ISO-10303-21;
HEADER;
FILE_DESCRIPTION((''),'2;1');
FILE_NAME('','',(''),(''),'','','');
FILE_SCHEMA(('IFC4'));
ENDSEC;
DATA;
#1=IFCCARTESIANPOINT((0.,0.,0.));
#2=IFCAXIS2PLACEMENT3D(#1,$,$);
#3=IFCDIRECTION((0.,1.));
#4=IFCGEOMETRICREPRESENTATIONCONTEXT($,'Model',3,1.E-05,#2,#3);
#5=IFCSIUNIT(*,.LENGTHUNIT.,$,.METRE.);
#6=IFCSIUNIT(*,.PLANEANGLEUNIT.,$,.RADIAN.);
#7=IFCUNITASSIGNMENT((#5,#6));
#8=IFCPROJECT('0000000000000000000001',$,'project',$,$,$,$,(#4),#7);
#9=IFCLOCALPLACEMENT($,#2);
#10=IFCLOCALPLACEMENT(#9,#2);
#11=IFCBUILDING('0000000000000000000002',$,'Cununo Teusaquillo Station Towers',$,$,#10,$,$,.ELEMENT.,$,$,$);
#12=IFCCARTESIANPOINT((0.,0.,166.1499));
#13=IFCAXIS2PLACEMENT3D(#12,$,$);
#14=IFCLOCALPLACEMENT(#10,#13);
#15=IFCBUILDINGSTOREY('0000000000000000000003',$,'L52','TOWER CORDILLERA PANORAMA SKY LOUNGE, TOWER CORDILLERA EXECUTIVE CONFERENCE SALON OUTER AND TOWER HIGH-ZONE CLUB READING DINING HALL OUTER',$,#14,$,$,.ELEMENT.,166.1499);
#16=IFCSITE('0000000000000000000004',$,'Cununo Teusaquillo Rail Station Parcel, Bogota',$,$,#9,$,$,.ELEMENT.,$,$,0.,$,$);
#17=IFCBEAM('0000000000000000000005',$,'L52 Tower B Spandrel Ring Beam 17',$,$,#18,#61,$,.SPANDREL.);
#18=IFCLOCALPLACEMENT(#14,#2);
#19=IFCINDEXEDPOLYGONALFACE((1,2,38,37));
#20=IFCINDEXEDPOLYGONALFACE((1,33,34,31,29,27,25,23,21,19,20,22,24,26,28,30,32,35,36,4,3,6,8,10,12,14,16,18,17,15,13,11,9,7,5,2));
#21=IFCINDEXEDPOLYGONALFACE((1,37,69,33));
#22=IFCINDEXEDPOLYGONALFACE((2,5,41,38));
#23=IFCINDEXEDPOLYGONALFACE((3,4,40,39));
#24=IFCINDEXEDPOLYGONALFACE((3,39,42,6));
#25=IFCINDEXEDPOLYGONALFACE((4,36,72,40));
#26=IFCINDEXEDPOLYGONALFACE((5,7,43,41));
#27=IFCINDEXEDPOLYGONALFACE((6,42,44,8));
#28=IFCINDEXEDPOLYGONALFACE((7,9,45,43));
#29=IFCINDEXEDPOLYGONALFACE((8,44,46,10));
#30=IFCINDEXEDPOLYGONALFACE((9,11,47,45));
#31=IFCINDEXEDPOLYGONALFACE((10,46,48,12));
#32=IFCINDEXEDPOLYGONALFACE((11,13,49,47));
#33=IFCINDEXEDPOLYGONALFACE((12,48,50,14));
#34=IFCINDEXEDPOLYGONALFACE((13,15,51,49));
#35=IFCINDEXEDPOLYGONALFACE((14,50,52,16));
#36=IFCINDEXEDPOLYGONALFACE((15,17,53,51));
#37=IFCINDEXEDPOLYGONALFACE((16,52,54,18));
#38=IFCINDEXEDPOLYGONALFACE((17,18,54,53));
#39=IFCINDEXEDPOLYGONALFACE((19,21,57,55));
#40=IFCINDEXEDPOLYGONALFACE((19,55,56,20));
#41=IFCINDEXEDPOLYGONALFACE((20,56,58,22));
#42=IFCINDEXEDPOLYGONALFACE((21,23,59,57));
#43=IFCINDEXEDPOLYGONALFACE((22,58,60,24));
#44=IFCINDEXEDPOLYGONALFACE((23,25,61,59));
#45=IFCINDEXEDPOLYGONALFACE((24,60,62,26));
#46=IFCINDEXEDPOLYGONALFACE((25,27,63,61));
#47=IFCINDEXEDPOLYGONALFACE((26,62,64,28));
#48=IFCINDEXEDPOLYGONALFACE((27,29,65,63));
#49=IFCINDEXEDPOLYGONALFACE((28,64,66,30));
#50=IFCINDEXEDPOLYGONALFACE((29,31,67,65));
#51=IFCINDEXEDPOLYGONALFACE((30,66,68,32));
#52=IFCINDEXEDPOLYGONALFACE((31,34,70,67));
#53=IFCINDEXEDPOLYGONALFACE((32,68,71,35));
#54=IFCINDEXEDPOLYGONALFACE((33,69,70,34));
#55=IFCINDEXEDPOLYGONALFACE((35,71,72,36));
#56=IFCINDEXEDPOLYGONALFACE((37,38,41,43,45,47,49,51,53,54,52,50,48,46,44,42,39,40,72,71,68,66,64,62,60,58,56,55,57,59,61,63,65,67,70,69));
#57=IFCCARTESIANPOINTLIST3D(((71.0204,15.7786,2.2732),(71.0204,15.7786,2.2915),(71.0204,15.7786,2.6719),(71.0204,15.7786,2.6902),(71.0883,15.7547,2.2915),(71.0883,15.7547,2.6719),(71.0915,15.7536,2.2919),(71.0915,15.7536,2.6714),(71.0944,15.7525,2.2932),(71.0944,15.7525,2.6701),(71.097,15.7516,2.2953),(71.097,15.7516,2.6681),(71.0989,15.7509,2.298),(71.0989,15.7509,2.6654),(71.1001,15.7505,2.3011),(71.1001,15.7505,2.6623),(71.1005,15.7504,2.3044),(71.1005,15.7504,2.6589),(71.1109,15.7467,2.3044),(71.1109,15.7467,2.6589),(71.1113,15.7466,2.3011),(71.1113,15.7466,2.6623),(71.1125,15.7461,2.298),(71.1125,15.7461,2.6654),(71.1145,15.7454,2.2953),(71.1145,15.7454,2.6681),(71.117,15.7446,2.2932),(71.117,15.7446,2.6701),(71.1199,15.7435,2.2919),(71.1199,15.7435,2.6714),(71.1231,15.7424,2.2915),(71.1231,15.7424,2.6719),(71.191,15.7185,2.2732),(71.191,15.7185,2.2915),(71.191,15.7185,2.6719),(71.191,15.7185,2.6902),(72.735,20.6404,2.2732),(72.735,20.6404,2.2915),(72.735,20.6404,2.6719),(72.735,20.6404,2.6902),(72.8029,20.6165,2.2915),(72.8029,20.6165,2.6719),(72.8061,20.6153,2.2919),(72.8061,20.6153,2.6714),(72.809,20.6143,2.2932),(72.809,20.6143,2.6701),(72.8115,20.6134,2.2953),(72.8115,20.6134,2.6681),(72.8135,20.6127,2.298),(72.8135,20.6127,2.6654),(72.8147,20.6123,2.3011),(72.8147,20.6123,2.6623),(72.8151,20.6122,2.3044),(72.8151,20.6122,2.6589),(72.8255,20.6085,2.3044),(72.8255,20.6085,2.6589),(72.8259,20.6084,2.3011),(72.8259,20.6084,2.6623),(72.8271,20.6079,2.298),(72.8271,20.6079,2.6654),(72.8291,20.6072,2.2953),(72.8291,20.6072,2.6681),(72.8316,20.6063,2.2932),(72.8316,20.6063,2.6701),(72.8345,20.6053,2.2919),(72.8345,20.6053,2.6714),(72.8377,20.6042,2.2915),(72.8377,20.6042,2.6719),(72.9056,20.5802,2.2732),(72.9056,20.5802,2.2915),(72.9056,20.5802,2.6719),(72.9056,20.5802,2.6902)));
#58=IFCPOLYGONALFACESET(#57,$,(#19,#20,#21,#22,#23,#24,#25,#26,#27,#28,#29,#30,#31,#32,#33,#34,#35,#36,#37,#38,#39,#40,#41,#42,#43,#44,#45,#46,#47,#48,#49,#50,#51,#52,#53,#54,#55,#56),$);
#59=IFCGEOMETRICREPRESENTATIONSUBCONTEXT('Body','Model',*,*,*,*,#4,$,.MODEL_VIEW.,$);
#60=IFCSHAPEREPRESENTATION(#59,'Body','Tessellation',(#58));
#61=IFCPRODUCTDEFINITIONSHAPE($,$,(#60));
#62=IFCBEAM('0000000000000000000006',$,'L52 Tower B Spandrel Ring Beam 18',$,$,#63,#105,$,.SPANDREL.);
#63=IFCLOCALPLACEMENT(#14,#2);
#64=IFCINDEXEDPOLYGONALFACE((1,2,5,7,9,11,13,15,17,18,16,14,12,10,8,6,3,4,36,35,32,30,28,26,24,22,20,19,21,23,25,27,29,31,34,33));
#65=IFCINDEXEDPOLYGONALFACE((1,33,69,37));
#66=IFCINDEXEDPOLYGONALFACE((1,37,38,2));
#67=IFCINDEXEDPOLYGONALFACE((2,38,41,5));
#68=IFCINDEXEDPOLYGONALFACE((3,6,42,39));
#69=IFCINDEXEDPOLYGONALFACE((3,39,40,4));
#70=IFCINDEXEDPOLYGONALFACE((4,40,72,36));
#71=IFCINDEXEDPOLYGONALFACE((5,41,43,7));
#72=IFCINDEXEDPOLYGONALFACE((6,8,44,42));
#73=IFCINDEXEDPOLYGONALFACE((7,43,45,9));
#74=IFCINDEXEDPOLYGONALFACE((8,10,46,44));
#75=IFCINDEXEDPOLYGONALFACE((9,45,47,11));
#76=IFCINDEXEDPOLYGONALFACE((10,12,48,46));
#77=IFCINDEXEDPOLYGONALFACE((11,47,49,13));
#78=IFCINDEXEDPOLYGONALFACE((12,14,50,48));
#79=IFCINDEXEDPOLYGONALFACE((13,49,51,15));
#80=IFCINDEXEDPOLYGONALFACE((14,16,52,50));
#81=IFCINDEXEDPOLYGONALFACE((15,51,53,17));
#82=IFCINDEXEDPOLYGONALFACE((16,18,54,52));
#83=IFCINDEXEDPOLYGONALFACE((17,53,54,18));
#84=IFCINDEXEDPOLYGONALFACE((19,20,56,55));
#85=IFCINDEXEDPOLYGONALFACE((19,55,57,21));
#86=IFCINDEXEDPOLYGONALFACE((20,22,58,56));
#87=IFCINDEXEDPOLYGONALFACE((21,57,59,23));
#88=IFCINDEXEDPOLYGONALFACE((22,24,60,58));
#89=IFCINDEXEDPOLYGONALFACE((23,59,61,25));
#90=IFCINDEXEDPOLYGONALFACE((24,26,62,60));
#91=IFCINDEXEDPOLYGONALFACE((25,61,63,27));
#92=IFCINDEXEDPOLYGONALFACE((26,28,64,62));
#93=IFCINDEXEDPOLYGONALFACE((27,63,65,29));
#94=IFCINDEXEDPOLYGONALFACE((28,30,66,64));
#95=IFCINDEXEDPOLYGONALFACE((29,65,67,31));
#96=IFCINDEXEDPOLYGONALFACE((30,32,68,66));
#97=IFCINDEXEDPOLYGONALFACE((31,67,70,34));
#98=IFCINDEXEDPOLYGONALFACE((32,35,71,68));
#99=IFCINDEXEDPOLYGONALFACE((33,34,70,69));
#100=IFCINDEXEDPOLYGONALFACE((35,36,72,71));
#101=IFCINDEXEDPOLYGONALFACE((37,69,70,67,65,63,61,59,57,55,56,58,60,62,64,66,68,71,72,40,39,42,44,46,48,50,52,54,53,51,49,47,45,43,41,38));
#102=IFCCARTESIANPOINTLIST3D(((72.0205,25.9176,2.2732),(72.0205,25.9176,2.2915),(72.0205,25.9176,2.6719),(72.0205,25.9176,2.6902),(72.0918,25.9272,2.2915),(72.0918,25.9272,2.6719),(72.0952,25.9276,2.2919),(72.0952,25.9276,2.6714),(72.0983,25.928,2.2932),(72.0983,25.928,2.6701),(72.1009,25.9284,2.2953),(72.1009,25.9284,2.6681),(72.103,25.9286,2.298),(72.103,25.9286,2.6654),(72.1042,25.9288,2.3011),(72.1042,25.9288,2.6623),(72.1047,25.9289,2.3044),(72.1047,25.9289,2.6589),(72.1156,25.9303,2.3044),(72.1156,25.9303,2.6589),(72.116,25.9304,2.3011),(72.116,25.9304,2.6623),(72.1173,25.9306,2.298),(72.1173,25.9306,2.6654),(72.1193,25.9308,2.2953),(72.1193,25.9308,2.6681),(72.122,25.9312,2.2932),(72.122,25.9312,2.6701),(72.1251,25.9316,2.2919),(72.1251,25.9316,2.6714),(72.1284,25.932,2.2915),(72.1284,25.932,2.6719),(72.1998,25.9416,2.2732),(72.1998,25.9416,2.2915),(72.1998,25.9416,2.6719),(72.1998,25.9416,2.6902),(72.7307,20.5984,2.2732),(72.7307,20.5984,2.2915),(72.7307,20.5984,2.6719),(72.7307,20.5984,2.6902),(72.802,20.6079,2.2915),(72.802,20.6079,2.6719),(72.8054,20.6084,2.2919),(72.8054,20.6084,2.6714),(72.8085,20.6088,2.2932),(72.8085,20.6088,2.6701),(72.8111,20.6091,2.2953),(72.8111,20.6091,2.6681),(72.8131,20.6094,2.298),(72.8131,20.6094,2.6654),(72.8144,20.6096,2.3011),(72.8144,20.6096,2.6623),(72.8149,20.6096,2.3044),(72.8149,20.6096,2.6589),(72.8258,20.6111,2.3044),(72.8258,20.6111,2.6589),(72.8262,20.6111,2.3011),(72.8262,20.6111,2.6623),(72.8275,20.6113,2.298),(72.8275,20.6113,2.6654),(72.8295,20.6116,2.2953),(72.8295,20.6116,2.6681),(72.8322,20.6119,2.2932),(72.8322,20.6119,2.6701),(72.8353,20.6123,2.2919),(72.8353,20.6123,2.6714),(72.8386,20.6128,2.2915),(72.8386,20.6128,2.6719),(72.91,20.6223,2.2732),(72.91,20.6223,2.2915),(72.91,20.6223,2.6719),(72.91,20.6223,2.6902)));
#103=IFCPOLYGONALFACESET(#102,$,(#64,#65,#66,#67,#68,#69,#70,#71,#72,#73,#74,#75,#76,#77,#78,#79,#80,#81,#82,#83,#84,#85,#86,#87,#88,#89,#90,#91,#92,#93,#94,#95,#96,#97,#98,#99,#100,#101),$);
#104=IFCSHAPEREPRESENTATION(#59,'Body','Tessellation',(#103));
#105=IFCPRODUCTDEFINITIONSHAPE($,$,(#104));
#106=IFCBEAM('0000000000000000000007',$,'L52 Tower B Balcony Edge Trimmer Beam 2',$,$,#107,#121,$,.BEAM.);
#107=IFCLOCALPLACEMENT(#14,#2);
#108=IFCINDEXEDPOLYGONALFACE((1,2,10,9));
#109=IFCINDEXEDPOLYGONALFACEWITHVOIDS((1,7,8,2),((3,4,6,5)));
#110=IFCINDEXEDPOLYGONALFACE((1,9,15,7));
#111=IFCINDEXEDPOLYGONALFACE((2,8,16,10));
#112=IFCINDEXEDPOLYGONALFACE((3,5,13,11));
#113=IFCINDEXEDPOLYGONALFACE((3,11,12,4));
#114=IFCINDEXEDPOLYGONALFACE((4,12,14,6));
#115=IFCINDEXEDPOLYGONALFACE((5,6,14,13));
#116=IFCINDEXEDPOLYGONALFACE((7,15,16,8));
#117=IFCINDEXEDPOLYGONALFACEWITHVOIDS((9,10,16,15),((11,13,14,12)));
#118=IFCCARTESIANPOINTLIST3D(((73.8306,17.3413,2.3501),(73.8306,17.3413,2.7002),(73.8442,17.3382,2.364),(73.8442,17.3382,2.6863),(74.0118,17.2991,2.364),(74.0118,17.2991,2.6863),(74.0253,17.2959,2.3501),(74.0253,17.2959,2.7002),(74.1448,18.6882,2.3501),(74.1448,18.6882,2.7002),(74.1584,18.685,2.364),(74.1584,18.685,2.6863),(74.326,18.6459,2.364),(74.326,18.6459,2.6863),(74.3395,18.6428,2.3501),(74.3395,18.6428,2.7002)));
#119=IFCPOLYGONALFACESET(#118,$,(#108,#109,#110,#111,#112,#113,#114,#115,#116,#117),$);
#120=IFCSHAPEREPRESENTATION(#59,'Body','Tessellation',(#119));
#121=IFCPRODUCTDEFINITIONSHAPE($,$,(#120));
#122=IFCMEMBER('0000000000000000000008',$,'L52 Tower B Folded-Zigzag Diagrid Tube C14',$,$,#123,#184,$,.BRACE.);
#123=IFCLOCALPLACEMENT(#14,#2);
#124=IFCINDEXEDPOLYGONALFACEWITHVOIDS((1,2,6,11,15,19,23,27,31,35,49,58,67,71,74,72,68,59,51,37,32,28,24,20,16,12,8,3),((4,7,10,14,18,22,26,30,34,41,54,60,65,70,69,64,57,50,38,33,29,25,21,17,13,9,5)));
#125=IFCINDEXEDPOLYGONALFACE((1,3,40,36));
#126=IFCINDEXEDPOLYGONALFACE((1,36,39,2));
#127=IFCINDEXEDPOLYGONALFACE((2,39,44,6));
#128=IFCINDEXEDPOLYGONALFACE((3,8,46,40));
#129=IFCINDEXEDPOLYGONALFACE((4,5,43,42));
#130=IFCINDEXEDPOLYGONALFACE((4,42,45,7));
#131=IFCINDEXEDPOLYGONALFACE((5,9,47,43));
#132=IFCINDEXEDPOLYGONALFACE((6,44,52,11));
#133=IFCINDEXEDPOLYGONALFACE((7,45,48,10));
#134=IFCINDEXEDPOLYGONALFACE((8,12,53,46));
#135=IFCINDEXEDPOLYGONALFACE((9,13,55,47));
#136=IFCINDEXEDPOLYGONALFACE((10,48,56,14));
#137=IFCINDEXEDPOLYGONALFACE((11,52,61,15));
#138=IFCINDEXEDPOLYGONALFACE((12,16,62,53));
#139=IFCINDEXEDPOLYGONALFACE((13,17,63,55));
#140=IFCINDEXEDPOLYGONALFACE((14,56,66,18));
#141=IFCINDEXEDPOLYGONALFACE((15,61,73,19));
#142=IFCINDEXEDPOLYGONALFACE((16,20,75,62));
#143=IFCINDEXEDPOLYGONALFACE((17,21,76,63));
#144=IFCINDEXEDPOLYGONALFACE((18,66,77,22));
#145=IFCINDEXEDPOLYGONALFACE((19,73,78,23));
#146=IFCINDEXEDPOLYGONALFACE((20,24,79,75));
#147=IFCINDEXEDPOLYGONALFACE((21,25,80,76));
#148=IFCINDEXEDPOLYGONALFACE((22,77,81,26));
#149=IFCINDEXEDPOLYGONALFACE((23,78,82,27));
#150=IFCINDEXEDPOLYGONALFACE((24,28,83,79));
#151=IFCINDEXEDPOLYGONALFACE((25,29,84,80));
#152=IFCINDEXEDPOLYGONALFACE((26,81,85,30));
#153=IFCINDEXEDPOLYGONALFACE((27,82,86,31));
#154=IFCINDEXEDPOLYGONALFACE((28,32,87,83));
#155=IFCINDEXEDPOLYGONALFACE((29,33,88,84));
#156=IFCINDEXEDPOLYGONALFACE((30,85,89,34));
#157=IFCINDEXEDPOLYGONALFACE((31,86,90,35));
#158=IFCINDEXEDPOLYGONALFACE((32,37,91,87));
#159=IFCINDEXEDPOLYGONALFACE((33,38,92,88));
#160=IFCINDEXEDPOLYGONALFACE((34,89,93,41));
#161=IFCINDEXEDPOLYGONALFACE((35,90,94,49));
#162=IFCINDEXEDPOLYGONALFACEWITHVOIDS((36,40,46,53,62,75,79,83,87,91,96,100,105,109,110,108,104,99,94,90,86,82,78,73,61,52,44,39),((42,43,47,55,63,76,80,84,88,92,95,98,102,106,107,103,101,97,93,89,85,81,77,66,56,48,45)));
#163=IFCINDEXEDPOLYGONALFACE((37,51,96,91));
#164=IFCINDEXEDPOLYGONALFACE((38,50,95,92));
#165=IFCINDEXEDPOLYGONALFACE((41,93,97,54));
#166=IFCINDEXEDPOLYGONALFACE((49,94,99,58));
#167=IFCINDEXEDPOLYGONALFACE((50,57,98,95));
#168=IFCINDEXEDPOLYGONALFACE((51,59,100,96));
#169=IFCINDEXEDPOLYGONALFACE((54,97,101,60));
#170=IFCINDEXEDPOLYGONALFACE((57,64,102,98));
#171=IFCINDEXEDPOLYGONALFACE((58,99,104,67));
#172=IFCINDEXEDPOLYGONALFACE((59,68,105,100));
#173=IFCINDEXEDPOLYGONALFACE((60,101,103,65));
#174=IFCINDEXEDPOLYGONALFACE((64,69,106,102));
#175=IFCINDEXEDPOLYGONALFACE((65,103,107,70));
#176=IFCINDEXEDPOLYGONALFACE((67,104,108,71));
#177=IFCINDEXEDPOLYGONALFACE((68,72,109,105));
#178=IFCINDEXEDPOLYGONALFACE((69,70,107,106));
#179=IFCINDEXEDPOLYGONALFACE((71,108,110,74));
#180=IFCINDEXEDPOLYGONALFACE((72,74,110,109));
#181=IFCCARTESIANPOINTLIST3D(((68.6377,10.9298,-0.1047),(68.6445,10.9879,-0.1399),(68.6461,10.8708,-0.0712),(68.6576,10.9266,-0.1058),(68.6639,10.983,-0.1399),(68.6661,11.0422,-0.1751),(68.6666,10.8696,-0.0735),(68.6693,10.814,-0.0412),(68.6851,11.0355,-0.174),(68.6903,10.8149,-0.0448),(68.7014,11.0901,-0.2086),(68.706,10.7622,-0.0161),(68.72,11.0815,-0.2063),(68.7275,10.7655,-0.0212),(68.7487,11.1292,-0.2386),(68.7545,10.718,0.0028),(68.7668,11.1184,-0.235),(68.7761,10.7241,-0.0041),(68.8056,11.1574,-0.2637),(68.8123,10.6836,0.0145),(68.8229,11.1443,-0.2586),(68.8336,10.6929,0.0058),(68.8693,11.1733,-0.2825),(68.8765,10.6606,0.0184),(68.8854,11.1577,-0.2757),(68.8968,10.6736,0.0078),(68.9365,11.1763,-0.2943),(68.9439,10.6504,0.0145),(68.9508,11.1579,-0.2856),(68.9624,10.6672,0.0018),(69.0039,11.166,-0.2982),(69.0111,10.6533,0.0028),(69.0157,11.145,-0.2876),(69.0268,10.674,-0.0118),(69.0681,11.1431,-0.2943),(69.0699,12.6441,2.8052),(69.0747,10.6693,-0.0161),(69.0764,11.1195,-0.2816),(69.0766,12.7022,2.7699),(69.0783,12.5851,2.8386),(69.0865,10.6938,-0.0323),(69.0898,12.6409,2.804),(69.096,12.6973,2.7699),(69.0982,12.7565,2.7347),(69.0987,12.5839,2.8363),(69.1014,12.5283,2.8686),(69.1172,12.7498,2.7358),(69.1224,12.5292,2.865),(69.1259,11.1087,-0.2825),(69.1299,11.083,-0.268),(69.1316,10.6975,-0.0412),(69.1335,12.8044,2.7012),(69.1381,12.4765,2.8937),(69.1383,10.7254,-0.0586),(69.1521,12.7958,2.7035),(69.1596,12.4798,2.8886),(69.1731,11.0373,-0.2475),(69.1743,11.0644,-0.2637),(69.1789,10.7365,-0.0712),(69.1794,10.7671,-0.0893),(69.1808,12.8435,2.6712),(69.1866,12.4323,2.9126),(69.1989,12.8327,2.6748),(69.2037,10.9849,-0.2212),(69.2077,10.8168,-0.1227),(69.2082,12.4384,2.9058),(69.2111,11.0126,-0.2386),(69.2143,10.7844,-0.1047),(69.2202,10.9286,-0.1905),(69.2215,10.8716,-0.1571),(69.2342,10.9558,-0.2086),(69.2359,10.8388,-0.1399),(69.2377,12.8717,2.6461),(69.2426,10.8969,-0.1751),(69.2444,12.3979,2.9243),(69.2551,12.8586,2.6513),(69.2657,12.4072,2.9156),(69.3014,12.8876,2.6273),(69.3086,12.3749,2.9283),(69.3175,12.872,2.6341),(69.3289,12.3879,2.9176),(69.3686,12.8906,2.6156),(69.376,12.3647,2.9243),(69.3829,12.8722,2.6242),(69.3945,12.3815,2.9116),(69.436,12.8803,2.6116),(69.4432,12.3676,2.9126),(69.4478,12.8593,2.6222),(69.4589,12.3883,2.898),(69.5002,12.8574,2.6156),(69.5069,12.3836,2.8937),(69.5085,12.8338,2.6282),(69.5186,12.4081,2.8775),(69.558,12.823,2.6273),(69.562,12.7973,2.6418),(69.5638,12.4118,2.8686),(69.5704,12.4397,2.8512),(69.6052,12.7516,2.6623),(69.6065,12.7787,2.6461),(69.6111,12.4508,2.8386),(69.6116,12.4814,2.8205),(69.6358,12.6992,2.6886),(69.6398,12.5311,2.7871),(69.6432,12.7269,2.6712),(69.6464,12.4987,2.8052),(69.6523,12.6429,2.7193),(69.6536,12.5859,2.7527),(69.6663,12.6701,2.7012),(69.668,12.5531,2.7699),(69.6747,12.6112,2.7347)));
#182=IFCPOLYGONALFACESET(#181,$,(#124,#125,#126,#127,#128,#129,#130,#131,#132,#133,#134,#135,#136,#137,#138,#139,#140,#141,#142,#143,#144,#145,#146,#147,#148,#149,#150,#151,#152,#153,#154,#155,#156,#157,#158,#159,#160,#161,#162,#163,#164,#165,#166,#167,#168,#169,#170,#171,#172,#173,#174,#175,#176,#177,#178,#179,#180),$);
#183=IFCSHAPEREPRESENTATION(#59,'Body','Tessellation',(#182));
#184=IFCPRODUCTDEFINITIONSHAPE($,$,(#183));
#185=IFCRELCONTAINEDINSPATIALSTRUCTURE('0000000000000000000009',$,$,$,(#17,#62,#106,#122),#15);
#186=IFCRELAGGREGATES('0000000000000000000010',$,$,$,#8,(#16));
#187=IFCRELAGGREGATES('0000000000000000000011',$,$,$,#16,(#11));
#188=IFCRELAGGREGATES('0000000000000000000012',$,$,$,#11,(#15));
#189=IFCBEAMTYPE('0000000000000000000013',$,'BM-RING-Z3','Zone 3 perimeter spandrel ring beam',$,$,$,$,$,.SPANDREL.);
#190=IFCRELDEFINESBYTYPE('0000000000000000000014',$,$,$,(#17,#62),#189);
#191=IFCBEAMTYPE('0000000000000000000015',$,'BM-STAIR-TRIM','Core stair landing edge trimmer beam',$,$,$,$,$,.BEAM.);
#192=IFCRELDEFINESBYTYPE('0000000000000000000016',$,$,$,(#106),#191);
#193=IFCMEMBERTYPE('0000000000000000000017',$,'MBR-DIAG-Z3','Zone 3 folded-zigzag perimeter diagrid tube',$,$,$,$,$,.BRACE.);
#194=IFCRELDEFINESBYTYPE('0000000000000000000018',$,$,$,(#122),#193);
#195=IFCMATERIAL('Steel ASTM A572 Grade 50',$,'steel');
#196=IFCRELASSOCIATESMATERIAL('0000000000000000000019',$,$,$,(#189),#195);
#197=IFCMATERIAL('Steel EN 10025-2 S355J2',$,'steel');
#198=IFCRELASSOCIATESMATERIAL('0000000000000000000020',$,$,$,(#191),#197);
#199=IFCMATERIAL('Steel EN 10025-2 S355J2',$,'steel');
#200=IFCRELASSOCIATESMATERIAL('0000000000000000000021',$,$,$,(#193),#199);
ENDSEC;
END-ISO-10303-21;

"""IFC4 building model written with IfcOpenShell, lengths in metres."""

from ifc_helpers import new_model, si_unit, direction, frame, origin, origin_2d, place, context, subcontext, project, spatial, hollow_rectangle, hollow_circle, i_section, extrude, material, material_profile, profile_set, type_object, element, save


model = new_model("IFC4")

# Units and contexts
model_context = context("Model", 3, precision=1e-05, world=origin(), true_north=direction((0.0, 1.0)))
body_context = subcontext(model_context, "Body", "Model", "MODEL_VIEW")
ifc_project = project(units=[si_unit("LENGTHUNIT", "METRE"), si_unit("PLANEANGLEUNIT", "RADIAN")], contexts=[model_context])

# Site, building, storey
site_placement = place(None, origin())
site = spatial("IfcSite", under=ifc_project, at=site_placement, Name="Cununo Teusaquillo Rail Station Parcel, Bogota", CompositionType="ELEMENT", RefElevation=0.0)
building_placement = place(site_placement, origin())
building = spatial("IfcBuilding", under=site, at=building_placement, Name="Cununo Teusaquillo Station Towers", CompositionType="ELEMENT")
storey_placement = place(building_placement, frame((0.0, 0.0, 166.1499)))
storey = spatial("IfcBuildingStorey", under=building, at=storey_placement, Name="L52", Description="TOWER CORDILLERA PANORAMA SKY LOUNGE, TOWER CORDILLERA EXECUTIVE CONFERENCE SALON OUTER AND TOWER HIGH-ZONE CLUB READING DINING HALL OUTER", CompositionType="ELEMENT", Elevation=166.1499)

# Beams
ifc_material_1 = material(Name="Steel ASTM A572 Grade 50", Category="steel")
ifc_material_profile_1 = material_profile(ifc_material_1, i_section(OverallWidth=0.1809, OverallDepth=0.417, WebThickness=0.011, FlangeThickness=0.0183, FilletRadius=0.0129, at=origin_2d()), Name="W16X57")
ifc_profile_set_1 = profile_set([ifc_material_profile_1], Name="Steel ASTM A572 Grade 50")
beam_type_1 = type_object("IfcBeamType", Name="BM-RING-Z3", Description="Zone 3 perimeter spandrel ring beam", PredefinedType="SPANDREL", material=ifc_profile_set_1)
beam_1_placement = place(storey_placement, frame((71.1057, 15.7485, 2.4817), z_axis=(0.33259, 0.943072, 0.0), x_axis=(-0.943072, 0.33259, 0.0)))
element("IfcBeam", 1, at=beam_1_placement, inside=storey, type_object=beam_type_1, Name="L52 Tower B Spandrel Ring Beam 17", PredefinedType="SPANDREL", context=body_context, shape_type="SweptSolid", body=[
    extrude(i_section(OverallWidth=0.1809, OverallDepth=0.417, WebThickness=0.011, FlangeThickness=0.0183, FilletRadius=0.0129, at=origin_2d()), origin(), (0.0, 0.0, 1.0), 5.1553),
])
beam_2_placement = place(storey_placement, frame((72.8203, 20.6104, 2.4817), z_axis=(-0.13234, 0.991204, 0.0), x_axis=(-0.991204, -0.13234, 0.0)))
element("IfcBeam", 2, at=beam_2_placement, inside=storey, type_object=beam_type_1, Name="L52 Tower B Spandrel Ring Beam 18", PredefinedType="SPANDREL", context=body_context, shape_type="SweptSolid", body=[
    extrude(i_section(OverallWidth=0.1809, OverallDepth=0.417, WebThickness=0.011, FlangeThickness=0.0183, FilletRadius=0.0129, at=origin_2d()), origin(), (0.0, 0.0, 1.0), 5.3665),
])
ifc_material_2 = material(Name="Steel EN 10025-2 S355J2", Category="steel")
ifc_material_profile_2 = material_profile(ifc_material_2, hollow_rectangle(XDim=0.2, YDim=0.3501, WallThickness=0.0139, at=origin_2d()), Name="RHS 350x200x14")
ifc_profile_set_2 = profile_set([ifc_material_profile_2], Name="Steel EN 10025-2 S355J2")
beam_type_2 = type_object("IfcBeamType", Name="BM-STAIR-TRIM", Description="Core stair landing edge trimmer beam", PredefinedType="BEAM", material=ifc_profile_set_2)
beam_3_placement = place(storey_placement, frame((73.928, 17.3186, 2.5251), z_axis=(0.227179, 0.973853, 0.0), x_axis=(-0.973853, 0.227179, 0.0)))
element("IfcBeam", 3, at=beam_3_placement, inside=storey, type_object=beam_type_2, Name="L52 Tower B Balcony Edge Trimmer Beam 2", PredefinedType="BEAM", context=body_context, shape_type="SweptSolid", body=[
    extrude(hollow_rectangle(XDim=0.2, YDim=0.3501, WallThickness=0.0139, at=origin_2d()), origin(), (0.0, 0.0, 1.0), 1.3831),
])

# Member
ifc_material_3 = material(Name="Steel EN 10025-2 S355J2", Category="steel")
ifc_material_profile_3 = material_profile(ifc_material_3, hollow_circle(Radius=0.3049, WallThickness=0.02, at=origin_2d()), Name="CHS 610x20")
ifc_profile_set_3 = profile_set([ifc_material_profile_3], Name="Steel EN 10025-2 S355J2")
member_type = type_object("IfcMemberType", Name="MBR-DIAG-Z3", Description="Zone 3 folded-zigzag perimeter diagrid tube", PredefinedType="BRACE", material=ifc_profile_set_3)
member_1_placement = place(storey_placement, frame((68.9402, 10.9133, -0.1399), z_axis=(0.126914, 0.503497, 0.854625), x_axis=(-0.96967, 0.24442, 0.0)))
element("IfcMember", 4, at=member_1_placement, inside=storey, type_object=member_type, Name="L52 Tower B Folded-Zigzag Diagrid Tube C14", PredefinedType="BRACE", context=body_context, shape_type="SweptSolid", body=[
    extrude(hollow_circle(Radius=0.3049, WallThickness=0.02, at=origin_2d()), origin(), (0.0, 0.0, 1.0), 3.4048),
])

save(model, "model.ifc")
